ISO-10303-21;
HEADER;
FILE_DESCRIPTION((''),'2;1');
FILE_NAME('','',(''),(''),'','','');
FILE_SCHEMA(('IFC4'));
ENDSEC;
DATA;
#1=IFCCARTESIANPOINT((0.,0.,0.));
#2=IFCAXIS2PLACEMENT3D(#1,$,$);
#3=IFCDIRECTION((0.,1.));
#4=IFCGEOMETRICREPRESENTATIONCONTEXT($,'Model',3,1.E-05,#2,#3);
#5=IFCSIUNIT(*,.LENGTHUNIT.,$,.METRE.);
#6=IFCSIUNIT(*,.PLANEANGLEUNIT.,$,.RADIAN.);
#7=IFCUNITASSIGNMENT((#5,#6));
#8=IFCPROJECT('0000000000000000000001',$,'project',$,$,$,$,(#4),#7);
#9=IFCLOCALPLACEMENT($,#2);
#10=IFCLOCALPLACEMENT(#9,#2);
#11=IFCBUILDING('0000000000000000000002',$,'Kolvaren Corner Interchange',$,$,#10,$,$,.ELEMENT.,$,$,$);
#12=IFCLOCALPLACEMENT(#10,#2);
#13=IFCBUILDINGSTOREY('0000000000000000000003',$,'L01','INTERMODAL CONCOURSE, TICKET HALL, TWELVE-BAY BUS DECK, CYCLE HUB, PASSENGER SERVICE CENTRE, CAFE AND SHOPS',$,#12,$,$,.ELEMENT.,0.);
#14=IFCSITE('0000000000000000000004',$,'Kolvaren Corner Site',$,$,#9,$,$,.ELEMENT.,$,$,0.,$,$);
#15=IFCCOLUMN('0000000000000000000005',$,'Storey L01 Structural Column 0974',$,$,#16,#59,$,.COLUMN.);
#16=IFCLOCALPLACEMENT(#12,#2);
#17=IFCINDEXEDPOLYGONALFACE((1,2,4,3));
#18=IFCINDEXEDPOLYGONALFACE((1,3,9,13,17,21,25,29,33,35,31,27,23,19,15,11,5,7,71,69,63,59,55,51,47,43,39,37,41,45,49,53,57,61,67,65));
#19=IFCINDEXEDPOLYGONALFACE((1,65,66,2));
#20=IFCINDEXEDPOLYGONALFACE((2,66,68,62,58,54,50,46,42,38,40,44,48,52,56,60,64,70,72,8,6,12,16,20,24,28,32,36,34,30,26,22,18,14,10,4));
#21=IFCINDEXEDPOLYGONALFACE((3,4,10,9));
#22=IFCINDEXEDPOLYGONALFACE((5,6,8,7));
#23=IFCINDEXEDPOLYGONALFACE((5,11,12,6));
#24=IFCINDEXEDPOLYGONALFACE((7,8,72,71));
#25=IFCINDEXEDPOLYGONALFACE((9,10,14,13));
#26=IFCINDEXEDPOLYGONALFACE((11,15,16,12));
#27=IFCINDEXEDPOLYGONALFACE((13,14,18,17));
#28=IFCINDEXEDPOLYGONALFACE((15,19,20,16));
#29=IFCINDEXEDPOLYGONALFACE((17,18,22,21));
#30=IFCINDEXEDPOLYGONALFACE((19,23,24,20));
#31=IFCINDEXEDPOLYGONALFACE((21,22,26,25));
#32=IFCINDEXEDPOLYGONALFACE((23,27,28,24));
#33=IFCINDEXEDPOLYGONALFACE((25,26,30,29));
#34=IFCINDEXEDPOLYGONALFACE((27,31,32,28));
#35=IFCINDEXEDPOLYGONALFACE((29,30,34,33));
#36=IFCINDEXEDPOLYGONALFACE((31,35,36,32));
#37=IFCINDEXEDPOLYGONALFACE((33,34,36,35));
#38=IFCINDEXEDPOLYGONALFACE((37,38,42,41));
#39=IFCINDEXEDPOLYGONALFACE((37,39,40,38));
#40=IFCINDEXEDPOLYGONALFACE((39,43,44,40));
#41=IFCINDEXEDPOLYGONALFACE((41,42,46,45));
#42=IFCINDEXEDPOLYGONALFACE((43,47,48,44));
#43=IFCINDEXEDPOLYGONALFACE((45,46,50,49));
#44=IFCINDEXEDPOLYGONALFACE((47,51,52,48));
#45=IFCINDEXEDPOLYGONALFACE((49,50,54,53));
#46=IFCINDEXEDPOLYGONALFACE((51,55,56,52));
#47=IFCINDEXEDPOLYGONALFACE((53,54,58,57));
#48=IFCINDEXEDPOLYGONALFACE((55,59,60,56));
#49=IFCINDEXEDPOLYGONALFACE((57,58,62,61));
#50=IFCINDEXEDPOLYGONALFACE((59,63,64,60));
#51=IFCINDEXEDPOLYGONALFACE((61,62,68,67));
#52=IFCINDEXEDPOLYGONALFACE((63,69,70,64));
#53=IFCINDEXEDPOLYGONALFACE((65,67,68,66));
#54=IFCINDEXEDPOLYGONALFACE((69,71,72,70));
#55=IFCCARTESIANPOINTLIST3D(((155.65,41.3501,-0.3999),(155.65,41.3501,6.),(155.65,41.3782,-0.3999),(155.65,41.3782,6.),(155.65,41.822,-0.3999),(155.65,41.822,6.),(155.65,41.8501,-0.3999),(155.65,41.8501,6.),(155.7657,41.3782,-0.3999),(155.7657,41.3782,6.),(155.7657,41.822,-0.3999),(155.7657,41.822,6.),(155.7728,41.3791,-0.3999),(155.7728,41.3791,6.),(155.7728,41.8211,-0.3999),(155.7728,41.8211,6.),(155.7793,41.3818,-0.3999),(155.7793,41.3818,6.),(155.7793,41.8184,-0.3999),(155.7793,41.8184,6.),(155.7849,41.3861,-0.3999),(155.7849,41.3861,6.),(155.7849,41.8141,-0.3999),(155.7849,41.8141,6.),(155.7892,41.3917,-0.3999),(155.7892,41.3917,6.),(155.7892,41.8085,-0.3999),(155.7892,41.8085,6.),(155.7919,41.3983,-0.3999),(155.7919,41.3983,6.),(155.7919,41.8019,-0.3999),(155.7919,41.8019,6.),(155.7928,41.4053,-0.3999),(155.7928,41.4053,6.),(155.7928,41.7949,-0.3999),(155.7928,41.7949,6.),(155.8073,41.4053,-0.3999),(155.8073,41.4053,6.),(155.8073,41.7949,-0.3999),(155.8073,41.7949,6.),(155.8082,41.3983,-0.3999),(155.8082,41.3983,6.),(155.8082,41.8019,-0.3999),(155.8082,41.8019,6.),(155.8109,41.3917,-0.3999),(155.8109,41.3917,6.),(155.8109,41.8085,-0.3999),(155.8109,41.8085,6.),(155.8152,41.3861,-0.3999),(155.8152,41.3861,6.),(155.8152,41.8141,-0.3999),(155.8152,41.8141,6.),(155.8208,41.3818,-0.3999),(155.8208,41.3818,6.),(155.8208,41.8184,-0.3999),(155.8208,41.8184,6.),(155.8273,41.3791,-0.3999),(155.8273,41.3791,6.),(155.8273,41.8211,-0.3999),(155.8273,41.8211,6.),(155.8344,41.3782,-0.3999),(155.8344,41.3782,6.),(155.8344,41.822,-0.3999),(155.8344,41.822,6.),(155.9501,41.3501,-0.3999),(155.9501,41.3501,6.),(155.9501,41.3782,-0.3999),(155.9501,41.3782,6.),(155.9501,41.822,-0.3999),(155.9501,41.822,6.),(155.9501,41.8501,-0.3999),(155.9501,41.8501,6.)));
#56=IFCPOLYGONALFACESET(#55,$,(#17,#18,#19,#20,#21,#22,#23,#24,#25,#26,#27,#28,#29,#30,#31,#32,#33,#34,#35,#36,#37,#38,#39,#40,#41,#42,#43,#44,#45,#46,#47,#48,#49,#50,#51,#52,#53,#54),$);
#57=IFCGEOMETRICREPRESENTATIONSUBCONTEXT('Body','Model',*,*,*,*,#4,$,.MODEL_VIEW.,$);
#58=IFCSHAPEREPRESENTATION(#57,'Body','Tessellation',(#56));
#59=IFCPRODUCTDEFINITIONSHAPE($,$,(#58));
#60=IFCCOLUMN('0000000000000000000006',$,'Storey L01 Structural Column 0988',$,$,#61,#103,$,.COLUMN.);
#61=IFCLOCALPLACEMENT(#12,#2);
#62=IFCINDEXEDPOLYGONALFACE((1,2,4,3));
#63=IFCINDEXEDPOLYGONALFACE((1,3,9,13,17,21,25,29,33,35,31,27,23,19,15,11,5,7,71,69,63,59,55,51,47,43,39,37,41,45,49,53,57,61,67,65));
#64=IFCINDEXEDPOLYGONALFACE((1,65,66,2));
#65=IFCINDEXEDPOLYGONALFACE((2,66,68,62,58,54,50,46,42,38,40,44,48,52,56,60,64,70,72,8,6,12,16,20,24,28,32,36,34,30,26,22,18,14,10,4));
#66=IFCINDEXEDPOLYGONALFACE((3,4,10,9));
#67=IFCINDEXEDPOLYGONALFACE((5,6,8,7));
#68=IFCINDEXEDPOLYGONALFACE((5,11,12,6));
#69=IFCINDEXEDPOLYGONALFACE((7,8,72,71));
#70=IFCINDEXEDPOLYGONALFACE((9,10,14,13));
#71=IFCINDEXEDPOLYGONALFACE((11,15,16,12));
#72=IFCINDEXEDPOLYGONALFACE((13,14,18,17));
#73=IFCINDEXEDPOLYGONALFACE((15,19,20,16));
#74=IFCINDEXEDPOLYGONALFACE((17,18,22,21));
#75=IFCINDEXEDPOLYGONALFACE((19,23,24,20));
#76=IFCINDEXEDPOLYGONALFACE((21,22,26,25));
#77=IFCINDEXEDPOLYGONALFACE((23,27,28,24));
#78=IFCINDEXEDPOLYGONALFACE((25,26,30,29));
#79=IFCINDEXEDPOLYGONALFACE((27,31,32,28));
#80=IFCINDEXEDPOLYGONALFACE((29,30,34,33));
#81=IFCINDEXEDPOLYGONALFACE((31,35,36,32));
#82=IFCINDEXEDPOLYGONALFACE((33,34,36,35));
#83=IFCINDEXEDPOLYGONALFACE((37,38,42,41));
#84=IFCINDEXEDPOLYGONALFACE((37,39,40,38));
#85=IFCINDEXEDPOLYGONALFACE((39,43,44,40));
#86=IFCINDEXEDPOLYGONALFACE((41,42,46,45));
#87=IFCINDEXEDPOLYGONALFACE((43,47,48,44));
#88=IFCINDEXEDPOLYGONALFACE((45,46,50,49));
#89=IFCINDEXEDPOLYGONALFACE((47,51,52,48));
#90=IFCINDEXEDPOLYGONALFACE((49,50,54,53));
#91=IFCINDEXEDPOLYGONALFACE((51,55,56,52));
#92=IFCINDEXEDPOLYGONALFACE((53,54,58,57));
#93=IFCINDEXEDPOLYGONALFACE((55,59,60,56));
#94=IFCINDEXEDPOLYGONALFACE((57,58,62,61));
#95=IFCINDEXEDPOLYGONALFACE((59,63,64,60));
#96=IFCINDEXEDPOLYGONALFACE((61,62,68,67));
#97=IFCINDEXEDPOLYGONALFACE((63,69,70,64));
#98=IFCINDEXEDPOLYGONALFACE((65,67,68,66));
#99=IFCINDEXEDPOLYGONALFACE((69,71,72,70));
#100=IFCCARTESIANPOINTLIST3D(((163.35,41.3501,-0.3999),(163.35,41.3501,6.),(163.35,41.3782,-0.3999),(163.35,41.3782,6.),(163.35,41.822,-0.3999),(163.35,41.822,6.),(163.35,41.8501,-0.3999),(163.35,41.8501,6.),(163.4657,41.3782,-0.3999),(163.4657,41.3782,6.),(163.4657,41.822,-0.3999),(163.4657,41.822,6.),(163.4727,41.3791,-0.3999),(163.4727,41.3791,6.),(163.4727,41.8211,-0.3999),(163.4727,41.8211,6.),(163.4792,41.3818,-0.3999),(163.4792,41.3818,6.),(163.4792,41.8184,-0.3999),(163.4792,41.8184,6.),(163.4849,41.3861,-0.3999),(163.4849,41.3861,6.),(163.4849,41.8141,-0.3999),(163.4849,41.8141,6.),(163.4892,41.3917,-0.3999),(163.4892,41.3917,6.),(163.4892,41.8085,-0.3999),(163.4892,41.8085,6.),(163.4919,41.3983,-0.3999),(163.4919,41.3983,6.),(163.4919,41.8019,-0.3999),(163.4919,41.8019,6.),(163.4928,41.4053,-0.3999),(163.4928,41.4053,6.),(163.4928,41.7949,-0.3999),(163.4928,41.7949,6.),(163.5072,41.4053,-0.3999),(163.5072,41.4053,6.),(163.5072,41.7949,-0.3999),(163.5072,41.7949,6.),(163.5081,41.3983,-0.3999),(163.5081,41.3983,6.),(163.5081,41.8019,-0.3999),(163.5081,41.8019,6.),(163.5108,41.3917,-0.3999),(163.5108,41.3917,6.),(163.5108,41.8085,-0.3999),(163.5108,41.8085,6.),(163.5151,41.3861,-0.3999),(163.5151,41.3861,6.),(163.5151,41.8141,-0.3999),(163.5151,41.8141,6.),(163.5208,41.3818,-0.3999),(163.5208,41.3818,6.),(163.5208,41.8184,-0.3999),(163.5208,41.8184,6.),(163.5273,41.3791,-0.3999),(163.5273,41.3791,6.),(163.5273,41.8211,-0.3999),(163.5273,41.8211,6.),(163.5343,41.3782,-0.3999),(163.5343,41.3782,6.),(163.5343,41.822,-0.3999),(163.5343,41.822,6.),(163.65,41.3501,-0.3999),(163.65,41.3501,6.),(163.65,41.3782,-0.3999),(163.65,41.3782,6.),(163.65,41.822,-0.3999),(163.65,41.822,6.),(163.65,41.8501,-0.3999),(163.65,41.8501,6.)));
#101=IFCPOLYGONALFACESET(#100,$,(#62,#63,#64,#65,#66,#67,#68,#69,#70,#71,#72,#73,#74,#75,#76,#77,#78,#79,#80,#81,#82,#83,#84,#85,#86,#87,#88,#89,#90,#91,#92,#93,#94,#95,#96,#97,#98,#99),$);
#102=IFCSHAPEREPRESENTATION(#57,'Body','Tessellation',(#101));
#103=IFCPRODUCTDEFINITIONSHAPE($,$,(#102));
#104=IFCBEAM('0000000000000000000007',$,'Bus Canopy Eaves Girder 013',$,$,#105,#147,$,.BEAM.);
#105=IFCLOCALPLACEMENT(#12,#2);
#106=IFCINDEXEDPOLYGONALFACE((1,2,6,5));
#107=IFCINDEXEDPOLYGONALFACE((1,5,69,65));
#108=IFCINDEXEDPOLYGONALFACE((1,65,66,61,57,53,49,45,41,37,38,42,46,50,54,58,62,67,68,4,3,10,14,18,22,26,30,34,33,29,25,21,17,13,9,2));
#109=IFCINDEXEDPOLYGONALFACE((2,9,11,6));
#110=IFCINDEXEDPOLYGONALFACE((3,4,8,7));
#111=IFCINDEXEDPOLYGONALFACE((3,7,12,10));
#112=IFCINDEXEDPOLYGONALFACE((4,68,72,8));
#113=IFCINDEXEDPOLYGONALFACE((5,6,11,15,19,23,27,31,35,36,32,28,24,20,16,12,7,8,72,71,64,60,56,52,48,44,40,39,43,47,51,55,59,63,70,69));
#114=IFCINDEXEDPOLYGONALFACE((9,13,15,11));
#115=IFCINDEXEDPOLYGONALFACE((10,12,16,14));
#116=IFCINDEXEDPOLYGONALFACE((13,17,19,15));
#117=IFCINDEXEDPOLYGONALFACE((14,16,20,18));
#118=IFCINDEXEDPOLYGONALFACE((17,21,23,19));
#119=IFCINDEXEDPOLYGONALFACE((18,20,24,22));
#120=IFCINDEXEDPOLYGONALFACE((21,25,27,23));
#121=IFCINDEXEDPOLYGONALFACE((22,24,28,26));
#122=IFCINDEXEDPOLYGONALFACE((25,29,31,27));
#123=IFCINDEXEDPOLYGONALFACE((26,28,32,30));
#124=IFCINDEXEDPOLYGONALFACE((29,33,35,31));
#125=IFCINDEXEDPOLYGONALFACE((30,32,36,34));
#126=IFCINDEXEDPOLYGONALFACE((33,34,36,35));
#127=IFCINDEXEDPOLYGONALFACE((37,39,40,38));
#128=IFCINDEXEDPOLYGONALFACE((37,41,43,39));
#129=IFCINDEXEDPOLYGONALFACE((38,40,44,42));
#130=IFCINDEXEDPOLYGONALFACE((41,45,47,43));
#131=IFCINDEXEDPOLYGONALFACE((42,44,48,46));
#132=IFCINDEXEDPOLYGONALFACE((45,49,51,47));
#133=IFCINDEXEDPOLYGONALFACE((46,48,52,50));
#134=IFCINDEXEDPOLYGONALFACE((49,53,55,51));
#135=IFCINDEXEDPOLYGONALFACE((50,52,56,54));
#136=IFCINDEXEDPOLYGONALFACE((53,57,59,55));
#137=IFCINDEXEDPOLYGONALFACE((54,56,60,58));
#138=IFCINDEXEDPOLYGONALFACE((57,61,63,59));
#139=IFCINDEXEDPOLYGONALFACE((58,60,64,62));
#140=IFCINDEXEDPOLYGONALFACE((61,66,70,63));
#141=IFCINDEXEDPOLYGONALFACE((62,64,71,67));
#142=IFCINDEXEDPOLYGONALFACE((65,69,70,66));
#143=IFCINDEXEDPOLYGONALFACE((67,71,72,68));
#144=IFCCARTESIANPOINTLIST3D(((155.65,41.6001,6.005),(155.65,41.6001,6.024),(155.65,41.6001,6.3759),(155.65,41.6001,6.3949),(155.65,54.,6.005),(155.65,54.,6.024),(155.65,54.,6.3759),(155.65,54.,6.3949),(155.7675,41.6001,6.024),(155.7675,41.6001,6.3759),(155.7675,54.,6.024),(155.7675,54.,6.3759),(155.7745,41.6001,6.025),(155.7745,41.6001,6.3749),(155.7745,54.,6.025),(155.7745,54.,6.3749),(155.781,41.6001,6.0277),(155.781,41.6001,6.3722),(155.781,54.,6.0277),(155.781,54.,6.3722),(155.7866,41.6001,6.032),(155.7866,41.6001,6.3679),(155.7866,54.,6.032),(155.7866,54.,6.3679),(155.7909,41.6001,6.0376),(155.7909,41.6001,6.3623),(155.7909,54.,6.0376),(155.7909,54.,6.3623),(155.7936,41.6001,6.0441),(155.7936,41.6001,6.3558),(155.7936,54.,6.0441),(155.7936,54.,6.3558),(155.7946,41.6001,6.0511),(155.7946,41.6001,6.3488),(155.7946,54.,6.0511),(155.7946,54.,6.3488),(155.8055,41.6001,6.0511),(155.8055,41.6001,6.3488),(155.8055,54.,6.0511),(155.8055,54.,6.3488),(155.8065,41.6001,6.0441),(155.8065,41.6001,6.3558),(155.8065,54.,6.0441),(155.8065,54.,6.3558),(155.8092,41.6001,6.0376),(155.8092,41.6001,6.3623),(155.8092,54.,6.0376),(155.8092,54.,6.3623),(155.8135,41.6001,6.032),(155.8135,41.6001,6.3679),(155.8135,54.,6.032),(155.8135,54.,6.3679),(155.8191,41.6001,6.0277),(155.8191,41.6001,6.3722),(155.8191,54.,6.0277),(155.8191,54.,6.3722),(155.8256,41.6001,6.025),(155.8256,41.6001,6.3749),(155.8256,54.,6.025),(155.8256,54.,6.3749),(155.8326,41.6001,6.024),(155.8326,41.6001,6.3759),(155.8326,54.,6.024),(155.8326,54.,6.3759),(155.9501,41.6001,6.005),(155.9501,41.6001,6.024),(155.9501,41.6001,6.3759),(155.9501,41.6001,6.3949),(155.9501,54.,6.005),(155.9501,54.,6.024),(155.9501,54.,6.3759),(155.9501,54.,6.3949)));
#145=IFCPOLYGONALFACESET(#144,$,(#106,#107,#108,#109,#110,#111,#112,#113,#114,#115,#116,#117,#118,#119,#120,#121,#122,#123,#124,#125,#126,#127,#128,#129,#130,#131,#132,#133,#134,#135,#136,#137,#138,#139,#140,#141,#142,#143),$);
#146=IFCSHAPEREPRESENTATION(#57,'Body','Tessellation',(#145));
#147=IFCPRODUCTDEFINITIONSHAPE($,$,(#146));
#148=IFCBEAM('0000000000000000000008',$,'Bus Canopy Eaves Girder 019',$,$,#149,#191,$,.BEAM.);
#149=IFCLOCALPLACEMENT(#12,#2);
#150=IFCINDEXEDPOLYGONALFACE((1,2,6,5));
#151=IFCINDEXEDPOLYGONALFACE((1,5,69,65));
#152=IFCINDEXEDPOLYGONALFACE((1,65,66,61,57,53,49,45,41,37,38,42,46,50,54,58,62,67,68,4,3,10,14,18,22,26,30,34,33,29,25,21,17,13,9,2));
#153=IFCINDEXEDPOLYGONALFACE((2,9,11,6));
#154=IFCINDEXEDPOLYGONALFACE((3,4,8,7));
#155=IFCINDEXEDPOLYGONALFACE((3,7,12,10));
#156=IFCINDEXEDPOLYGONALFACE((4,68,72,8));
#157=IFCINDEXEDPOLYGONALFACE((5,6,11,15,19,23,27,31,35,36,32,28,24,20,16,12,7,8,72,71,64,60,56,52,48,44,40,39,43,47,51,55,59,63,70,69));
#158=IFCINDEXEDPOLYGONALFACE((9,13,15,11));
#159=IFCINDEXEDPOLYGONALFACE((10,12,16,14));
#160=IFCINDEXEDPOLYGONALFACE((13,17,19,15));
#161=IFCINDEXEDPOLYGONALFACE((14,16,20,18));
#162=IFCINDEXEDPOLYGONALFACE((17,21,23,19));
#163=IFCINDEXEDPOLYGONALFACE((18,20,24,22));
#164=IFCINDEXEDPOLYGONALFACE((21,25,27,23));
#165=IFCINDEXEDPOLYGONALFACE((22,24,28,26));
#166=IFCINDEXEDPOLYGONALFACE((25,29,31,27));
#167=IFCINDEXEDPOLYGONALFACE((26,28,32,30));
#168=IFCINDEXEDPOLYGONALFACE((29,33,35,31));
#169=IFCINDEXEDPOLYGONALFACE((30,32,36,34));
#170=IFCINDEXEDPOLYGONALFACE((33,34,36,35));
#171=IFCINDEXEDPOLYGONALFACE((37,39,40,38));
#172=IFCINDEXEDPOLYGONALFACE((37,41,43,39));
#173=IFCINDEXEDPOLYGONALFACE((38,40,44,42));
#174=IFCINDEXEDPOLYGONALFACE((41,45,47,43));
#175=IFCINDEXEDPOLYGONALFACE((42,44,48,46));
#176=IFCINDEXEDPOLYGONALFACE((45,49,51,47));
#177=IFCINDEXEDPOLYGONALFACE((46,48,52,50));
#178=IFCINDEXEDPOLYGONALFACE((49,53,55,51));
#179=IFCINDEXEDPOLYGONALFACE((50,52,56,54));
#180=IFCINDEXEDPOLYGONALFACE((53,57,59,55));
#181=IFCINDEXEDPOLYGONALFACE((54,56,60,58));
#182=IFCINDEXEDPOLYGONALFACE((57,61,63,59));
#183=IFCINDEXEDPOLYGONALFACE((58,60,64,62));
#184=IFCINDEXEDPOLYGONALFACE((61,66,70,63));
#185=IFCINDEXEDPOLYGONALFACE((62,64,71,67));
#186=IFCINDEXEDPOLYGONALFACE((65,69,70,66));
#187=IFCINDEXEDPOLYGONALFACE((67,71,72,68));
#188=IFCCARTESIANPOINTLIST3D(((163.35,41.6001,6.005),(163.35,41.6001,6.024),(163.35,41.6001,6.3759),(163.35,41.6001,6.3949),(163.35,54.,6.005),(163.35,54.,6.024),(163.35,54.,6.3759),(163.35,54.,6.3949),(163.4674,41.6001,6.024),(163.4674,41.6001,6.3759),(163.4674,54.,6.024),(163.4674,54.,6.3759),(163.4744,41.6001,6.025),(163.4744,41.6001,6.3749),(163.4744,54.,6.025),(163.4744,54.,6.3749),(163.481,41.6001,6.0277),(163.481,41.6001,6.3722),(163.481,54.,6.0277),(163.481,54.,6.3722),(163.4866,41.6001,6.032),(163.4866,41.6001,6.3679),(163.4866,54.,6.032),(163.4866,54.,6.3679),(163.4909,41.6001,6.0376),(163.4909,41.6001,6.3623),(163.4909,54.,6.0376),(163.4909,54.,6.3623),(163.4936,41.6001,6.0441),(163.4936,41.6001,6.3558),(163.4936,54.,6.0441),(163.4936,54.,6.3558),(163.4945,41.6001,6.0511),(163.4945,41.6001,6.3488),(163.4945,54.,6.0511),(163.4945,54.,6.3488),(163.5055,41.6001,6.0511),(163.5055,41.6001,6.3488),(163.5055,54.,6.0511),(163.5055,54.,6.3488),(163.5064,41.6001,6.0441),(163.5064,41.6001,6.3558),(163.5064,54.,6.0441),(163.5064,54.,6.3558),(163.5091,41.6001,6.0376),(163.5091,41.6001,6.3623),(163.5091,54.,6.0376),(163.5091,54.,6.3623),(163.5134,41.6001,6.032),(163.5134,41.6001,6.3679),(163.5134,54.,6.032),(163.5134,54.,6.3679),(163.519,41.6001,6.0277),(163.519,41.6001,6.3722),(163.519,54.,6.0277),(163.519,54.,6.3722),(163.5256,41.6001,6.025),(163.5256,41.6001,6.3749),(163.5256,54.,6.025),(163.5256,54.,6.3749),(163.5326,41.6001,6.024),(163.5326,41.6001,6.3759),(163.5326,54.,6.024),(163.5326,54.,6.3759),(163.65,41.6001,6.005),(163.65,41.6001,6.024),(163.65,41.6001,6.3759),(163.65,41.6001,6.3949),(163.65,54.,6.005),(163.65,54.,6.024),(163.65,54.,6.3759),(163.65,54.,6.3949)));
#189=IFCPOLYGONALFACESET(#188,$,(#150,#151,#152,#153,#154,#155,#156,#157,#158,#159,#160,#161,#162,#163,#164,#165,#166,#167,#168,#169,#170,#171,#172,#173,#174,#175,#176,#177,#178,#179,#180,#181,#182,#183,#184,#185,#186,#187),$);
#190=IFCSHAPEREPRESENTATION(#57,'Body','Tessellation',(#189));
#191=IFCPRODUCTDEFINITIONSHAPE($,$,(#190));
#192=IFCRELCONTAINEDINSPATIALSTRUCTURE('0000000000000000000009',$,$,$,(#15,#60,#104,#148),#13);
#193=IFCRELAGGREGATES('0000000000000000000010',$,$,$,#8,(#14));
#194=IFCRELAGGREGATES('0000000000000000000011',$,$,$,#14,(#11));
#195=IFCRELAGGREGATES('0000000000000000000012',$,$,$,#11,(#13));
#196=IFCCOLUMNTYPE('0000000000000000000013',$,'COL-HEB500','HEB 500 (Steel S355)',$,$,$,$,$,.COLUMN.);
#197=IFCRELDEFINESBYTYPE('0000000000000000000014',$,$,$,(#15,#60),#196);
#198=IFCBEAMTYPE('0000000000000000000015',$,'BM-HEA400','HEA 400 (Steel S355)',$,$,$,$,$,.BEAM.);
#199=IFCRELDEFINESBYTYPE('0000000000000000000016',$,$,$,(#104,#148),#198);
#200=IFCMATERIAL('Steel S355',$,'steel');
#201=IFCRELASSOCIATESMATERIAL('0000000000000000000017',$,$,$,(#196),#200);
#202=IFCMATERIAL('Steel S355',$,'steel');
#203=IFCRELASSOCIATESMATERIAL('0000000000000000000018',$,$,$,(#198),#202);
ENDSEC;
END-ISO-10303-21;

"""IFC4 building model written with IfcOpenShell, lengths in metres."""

from ifc_helpers import new_model, si_unit, direction, frame, origin, origin_2d, place, context, subcontext, project, spatial, i_section, extrude, material, material_profile, profile_set, type_object, element, save


model = new_model("IFC4")

# Units and contexts
model_context = context("Model", 3, precision=1e-05, world=origin(), true_north=direction((0.0, 1.0)))
body_context = subcontext(model_context, "Body", "Model", "MODEL_VIEW")
ifc_project = project(units=[si_unit("LENGTHUNIT", "METRE"), si_unit("PLANEANGLEUNIT", "RADIAN")], contexts=[model_context])

# Site, building, storey
site_placement = place(None, origin())
site = spatial("IfcSite", under=ifc_project, at=site_placement, Name="Kolvaren Corner Site", CompositionType="ELEMENT", RefElevation=0.0)
building_placement = place(site_placement, origin())
building = spatial("IfcBuilding", under=site, at=building_placement, Name="Kolvaren Corner Interchange", CompositionType="ELEMENT")
storey_placement = place(building_placement, origin())
storey = spatial("IfcBuildingStorey", under=building, at=storey_placement, Name="L01", Description="INTERMODAL CONCOURSE, TICKET HALL, TWELVE-BAY BUS DECK, CYCLE HUB, PASSENGER SERVICE CENTRE, CAFE AND SHOPS", CompositionType="ELEMENT", Elevation=0.0)

# Columns
ifc_material_1 = material(Name="Steel S355", Category="steel")
ifc_material_profile_1 = material_profile(ifc_material_1, i_section(OverallWidth=0.3, OverallDepth=0.5, WebThickness=0.0144, FlangeThickness=0.0281, FilletRadius=0.0271, at=origin_2d()), Name="HEB 500")
ifc_profile_set_1 = profile_set([ifc_material_profile_1], Name="Steel S355")
column_type = type_object("IfcColumnType", Name="COL-HEB500", Description="HEB 500 (Steel S355)", PredefinedType="COLUMN", material=ifc_profile_set_1)
for number, where, z_axis, x_axis, name in (
    (1, (155.8, 41.6001, -0.3999), (0.0, 0.0, 1.0), (1.0, 0.0, 0.0), "Storey L01 Structural Column 0974"),
    (2, (163.5, 41.6001, -0.3999), (0.0, 0.0, 1.0), (1.0, 0.0, 0.0), "Storey L01 Structural Column 0988"),
):
    element("IfcColumn", number, at=place(storey_placement, frame(where, z_axis=z_axis, x_axis=x_axis)), inside=storey, type_object=column_type, Name=name, PredefinedType="COLUMN", context=body_context, shape_type="SweptSolid", body=[
        extrude(i_section(OverallWidth=0.3, OverallDepth=0.5, WebThickness=0.0144, FlangeThickness=0.0281, FilletRadius=0.0271, at=origin_2d()), origin(), (0.0, 0.0, 1.0), 6.3999),
    ])

# Beams
ifc_material_2 = material(Name="Steel S355", Category="steel")
ifc_material_profile_2 = material_profile(ifc_material_2, i_section(OverallWidth=0.3, OverallDepth=0.3899, WebThickness=0.011, FlangeThickness=0.019, FilletRadius=0.0271, at=origin_2d()), Name="HEA 400")
ifc_profile_set_2 = profile_set([ifc_material_profile_2], Name="Steel S355")
beam_type_1 = type_object("IfcBeamType", Name="BM-HEA400", Description="HEA 400 (Steel S355)", PredefinedType="BEAM", material=ifc_profile_set_2)
for number, where, z_axis, x_axis, name in (
    (3, (155.8, 41.6001, 6.2), (0.0, 1.0, 0.0), (-1.0, 0.0, 0.0), "Bus Canopy Eaves Girder 013"),
    (4, (163.5, 41.6001, 6.2), (0.0, 1.0, 0.0), (-1.0, 0.0, 0.0), "Bus Canopy Eaves Girder 019"),
):
    element("IfcBeam", number, at=place(storey_placement, frame(where, z_axis=z_axis, x_axis=x_axis)), inside=storey, type_object=beam_type_1, Name=name, PredefinedType="BEAM", context=body_context, shape_type="SweptSolid", body=[
        extrude(i_section(OverallWidth=0.3, OverallDepth=0.3899, WebThickness=0.011, FlangeThickness=0.019, FilletRadius=0.0271, at=origin_2d()), origin(), (0.0, 0.0, 1.0), 12.3999),
    ])

save(model, "model.ifc")
